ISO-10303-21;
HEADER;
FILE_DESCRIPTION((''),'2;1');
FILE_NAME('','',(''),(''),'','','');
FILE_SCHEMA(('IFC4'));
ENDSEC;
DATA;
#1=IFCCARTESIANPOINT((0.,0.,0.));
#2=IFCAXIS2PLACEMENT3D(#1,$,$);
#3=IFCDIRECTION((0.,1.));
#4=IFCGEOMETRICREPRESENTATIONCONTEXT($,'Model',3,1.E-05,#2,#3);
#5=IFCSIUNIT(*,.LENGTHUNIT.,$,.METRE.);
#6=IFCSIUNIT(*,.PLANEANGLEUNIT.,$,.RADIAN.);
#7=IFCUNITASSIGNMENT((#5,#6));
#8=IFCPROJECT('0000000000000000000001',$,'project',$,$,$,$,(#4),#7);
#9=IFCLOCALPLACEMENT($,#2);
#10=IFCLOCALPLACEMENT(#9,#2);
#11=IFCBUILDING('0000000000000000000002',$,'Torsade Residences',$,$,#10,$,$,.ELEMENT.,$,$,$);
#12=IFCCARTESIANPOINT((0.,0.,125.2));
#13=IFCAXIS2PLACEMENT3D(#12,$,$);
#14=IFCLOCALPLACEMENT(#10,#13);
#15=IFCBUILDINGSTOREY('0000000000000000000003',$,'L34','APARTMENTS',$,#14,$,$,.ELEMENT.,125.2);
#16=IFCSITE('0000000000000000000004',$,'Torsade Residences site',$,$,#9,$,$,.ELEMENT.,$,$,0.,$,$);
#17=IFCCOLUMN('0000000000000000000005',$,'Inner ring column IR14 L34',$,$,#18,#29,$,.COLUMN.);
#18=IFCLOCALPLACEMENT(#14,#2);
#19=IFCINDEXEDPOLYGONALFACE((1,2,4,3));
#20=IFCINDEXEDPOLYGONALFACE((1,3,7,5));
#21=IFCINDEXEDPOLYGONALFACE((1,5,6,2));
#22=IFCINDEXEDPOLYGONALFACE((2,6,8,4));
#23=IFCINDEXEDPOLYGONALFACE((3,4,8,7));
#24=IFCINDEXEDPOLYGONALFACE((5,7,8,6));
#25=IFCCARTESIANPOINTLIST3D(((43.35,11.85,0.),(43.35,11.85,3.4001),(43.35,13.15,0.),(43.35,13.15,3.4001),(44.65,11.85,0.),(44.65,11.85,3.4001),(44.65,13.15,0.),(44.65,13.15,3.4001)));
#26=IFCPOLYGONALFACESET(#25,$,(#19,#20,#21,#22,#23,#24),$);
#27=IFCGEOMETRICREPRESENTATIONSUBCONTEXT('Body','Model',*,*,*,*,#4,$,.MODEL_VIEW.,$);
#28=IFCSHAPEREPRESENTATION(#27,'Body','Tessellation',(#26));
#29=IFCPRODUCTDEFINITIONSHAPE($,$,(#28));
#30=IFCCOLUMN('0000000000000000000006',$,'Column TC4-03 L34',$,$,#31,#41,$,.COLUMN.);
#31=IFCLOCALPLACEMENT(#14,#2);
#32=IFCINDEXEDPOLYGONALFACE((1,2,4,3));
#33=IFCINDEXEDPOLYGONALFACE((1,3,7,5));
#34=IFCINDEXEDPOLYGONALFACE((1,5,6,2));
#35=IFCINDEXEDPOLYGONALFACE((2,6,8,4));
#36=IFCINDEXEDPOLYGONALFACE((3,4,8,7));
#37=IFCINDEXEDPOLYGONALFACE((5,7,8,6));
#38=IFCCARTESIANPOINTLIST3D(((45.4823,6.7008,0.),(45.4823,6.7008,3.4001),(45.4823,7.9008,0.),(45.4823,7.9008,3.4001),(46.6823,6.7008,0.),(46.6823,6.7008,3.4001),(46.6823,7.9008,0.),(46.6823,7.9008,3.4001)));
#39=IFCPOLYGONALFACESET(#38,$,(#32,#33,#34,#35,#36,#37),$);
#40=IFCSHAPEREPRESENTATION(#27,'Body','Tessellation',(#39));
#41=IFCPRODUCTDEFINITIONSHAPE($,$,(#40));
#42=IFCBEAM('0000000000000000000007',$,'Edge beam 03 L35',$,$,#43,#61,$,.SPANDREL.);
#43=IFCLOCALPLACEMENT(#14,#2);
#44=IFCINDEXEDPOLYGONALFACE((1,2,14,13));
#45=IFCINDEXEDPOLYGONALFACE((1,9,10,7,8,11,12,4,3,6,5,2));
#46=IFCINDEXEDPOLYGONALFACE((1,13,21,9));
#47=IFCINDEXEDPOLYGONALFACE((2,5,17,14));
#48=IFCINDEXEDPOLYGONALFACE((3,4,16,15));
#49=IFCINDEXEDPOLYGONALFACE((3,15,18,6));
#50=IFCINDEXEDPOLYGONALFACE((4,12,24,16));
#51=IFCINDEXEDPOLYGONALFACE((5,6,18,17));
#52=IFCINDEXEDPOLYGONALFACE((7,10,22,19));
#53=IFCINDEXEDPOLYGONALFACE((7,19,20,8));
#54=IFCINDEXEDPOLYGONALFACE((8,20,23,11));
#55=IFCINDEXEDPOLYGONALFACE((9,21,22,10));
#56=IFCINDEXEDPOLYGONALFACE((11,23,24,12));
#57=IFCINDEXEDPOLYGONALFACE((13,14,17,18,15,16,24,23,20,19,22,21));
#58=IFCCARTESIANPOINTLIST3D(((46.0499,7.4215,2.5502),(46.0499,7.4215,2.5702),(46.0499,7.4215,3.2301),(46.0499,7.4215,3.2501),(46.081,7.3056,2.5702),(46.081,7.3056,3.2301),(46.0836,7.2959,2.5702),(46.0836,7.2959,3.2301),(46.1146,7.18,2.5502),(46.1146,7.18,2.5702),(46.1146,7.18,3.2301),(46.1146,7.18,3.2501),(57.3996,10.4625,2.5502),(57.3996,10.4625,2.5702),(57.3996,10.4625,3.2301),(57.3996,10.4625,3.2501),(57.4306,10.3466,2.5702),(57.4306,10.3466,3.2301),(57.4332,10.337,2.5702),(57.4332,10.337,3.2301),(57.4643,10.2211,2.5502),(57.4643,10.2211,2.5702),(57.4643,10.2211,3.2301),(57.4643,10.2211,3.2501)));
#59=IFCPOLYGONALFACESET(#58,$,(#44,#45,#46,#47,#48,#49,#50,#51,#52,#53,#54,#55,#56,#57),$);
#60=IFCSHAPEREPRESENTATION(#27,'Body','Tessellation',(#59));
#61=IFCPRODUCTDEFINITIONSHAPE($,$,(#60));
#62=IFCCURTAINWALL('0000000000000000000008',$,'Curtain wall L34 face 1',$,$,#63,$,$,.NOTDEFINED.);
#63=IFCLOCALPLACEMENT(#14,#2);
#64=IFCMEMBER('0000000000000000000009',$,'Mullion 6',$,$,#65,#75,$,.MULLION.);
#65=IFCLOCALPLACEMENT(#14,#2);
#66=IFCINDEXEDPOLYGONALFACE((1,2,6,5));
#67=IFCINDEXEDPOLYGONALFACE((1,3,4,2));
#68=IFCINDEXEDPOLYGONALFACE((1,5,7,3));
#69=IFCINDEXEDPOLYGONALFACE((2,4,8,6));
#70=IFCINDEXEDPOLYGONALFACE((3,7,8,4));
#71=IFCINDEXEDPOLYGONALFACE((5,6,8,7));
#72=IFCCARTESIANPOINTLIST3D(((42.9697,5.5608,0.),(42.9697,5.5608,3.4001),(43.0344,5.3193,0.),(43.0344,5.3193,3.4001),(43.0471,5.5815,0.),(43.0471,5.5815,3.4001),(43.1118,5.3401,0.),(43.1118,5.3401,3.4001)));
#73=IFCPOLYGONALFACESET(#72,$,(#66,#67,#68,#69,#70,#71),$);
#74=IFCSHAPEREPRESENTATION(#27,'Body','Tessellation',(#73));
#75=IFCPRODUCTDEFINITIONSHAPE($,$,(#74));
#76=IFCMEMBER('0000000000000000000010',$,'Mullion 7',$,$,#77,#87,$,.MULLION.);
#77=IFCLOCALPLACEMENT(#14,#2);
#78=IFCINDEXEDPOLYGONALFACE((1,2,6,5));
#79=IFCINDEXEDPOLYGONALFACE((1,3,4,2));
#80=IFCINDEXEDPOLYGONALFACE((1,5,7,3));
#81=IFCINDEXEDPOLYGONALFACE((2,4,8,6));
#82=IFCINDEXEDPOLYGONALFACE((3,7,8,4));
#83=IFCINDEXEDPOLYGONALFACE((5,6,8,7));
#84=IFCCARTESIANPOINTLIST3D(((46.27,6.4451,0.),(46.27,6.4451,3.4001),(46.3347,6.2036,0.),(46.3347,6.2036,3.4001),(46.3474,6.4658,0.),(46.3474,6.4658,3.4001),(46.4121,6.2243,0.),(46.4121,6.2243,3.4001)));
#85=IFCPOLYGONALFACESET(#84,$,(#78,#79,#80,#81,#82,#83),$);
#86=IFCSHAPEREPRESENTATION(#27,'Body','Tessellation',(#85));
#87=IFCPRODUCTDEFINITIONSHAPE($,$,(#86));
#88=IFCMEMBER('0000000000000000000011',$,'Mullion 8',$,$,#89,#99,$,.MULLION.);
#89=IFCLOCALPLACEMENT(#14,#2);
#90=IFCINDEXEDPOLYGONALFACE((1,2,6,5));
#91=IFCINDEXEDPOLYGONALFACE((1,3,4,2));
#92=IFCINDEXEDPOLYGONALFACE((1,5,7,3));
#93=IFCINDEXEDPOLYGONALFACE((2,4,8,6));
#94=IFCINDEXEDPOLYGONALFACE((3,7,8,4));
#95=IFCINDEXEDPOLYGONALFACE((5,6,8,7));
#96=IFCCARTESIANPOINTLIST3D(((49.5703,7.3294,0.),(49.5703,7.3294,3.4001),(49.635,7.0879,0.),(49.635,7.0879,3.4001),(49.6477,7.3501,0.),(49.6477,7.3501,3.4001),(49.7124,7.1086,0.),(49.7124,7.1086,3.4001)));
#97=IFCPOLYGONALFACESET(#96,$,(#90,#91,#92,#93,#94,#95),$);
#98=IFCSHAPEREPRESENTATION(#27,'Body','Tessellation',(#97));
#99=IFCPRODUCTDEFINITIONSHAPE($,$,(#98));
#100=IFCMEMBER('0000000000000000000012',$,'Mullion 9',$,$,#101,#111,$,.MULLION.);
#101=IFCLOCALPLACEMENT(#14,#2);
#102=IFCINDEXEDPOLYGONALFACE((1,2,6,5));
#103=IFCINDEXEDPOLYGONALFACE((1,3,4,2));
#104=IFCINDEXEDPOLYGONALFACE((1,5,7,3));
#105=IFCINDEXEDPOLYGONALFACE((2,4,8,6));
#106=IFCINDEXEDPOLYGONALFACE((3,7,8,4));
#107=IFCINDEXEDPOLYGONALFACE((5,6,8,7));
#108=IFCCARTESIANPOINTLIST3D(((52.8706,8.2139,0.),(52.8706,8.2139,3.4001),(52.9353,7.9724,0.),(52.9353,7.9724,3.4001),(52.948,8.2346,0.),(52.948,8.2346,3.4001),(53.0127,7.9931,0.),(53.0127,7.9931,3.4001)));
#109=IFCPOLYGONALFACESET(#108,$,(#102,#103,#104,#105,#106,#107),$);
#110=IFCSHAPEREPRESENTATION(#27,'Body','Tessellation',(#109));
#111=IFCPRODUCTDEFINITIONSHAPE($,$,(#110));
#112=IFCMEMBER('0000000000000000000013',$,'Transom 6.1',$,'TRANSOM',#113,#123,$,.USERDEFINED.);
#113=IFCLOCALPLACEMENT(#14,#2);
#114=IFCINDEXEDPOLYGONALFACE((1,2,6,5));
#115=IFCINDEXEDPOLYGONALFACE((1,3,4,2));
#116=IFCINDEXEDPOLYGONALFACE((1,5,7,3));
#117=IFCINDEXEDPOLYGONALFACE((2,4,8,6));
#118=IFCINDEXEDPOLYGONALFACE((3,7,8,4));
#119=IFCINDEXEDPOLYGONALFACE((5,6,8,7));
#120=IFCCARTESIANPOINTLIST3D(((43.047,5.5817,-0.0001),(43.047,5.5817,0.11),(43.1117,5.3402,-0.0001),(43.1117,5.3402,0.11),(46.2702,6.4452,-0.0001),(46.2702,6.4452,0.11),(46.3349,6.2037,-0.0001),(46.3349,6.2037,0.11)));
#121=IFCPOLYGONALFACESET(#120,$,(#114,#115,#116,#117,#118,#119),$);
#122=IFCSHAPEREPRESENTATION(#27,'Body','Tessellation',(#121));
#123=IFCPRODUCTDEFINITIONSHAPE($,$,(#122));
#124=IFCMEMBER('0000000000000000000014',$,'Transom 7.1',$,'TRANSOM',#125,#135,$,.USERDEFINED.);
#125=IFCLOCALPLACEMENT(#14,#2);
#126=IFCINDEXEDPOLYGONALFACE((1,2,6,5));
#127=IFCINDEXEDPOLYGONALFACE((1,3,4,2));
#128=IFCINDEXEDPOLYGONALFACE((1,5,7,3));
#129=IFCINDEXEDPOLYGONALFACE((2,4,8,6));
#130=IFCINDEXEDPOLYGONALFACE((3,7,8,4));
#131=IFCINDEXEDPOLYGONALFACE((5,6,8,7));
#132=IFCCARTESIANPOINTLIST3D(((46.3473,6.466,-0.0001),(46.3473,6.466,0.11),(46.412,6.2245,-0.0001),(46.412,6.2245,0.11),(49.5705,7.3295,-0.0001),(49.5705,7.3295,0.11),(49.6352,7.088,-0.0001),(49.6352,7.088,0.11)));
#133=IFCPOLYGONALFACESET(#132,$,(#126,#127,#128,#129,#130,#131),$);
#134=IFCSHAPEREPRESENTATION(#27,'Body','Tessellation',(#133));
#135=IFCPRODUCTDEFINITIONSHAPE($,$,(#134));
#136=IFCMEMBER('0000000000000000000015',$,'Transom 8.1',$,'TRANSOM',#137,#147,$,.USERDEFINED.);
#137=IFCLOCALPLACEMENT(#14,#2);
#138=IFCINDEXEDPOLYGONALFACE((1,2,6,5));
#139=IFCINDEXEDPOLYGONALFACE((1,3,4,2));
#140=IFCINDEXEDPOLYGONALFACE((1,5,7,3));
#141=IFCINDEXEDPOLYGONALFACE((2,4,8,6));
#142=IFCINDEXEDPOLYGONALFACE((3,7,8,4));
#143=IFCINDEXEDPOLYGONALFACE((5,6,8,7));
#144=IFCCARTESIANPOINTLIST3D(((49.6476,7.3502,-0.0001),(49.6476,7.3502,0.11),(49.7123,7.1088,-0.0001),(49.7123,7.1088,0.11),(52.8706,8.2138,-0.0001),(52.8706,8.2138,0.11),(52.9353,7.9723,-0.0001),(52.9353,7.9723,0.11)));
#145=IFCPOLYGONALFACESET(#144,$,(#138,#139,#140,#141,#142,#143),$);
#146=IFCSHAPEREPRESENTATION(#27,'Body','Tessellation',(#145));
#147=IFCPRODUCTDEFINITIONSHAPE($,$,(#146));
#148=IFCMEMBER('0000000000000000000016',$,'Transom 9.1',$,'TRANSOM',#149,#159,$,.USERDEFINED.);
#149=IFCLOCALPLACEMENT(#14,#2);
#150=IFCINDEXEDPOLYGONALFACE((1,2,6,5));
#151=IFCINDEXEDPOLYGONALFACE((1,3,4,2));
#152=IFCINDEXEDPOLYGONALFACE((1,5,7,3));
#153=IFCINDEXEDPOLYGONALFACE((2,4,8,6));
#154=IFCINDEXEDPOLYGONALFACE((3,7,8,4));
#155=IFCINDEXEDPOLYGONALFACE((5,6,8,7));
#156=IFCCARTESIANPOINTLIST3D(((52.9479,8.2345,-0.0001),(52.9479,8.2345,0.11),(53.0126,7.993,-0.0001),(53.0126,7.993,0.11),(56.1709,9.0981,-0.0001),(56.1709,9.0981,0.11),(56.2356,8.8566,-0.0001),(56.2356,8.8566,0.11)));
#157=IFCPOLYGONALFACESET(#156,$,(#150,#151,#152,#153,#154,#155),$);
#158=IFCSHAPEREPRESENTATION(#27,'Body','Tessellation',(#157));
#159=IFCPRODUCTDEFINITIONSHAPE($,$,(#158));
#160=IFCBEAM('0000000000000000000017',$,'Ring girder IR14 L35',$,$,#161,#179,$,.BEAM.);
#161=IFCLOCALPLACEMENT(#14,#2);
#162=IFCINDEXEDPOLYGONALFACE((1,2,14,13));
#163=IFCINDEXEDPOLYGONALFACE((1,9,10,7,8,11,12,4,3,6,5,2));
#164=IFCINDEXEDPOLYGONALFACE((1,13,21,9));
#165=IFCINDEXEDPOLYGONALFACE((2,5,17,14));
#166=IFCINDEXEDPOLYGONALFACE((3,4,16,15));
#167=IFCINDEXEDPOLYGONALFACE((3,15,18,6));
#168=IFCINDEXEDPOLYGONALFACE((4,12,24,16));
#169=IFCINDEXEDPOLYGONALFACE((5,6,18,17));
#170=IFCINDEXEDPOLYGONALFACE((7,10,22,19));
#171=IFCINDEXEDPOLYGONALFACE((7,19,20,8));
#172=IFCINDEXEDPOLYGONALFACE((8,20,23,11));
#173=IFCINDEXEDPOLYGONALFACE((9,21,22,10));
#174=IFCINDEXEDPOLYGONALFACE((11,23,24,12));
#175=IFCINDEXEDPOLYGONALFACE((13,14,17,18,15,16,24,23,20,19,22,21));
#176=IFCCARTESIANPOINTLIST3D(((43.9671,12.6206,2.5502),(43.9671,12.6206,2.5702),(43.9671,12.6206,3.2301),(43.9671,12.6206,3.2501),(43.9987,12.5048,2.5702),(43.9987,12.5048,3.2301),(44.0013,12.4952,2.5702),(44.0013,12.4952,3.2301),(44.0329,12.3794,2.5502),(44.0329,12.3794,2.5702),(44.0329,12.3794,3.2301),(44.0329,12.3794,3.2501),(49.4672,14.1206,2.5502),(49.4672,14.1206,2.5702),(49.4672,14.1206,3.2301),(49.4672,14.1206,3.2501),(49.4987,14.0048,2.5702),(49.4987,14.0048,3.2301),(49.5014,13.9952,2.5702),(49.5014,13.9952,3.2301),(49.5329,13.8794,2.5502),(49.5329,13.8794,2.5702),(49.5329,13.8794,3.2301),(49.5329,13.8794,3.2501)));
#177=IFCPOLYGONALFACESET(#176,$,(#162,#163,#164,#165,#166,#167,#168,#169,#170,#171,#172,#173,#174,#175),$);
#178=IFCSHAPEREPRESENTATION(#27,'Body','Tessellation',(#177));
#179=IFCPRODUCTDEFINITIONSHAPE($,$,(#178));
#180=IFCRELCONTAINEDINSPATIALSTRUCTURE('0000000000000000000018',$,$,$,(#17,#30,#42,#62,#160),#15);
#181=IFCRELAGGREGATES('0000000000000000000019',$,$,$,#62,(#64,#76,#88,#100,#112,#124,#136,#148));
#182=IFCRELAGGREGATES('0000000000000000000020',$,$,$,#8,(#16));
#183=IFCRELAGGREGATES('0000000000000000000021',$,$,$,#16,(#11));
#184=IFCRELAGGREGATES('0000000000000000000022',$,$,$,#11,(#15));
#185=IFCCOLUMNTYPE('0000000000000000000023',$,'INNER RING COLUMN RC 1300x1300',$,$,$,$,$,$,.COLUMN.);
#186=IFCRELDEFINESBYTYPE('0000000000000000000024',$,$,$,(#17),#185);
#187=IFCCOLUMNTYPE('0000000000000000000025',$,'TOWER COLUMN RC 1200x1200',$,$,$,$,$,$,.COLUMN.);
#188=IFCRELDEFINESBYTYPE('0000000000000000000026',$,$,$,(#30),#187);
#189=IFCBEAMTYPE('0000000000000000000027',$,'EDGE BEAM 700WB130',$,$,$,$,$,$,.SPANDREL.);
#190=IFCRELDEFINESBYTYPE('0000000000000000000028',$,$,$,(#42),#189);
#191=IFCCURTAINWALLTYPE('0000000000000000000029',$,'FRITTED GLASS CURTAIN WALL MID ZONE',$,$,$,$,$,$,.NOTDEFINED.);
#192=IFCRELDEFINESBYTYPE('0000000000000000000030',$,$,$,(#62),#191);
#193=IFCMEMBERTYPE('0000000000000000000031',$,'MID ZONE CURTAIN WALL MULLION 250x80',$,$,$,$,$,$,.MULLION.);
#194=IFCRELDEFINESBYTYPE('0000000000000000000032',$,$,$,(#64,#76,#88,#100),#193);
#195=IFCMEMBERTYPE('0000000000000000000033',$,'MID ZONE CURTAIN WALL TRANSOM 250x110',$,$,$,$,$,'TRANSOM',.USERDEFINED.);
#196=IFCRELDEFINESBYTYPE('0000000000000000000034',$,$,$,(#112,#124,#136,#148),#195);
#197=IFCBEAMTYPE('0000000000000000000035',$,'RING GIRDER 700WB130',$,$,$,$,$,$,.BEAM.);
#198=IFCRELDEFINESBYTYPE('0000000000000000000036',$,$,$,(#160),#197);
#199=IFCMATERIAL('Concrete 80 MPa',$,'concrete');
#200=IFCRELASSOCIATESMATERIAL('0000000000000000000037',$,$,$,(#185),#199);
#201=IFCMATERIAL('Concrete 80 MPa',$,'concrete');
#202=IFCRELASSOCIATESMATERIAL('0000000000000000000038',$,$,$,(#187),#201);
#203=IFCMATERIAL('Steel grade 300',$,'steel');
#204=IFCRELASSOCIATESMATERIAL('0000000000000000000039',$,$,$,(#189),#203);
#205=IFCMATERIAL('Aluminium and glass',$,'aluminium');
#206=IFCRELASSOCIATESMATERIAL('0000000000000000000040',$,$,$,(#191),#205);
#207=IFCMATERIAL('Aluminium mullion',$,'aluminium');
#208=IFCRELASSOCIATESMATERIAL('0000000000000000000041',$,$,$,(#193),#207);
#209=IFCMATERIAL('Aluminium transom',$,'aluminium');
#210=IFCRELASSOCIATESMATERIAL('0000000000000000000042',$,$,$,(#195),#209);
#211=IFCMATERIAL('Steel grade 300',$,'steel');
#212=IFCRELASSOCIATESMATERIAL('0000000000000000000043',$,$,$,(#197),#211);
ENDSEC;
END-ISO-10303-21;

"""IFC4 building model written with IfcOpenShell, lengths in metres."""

from ifc_helpers import new_model, si_unit, direction, frame, origin, origin_2d, place, context, subcontext, project, spatial, rectangle, i_section, extrude, material, material_profile, profile_set, type_object, element, aggregate, save


model = new_model("IFC4")

# Units and contexts
model_context = context("Model", 3, precision=1e-05, world=origin(), true_north=direction((0.0, 1.0)))
body_context = subcontext(model_context, "Body", "Model", "MODEL_VIEW")
ifc_project = project(units=[si_unit("LENGTHUNIT", "METRE"), si_unit("PLANEANGLEUNIT", "RADIAN")], contexts=[model_context])

# Site, building, storey
site_placement = place(None, origin())
site = spatial("IfcSite", under=ifc_project, at=site_placement, Name="Torsade Residences site", CompositionType="ELEMENT", RefElevation=0.0)
building_placement = place(site_placement, origin())
building = spatial("IfcBuilding", under=site, at=building_placement, Name="Torsade Residences", CompositionType="ELEMENT")
storey_placement = place(building_placement, frame((0.0, 0.0, 125.2)))
storey = spatial("IfcBuildingStorey", under=building, at=storey_placement, Name="L34", Description="APARTMENTS", CompositionType="ELEMENT", Elevation=125.2)

# Columns
ifc_material_1 = material(Name="Concrete 80 MPa", Category="concrete")
ifc_material_profile_1 = material_profile(ifc_material_1, rectangle(XDim=1.3, YDim=1.3, at=origin_2d()), Name="RC 1300x1300")
ifc_profile_set_1 = profile_set([ifc_material_profile_1], Name="Concrete 80 MPa")
column_type_1 = type_object("IfcColumnType", Name="INNER RING COLUMN RC 1300x1300", PredefinedType="COLUMN", material=ifc_profile_set_1)
column_1_placement = place(storey_placement, frame((44.0, 12.5, 0.0), z_axis=(0.0, 0.0, 1.0), x_axis=(1.0, 0.0, 0.0)))
element("IfcColumn", 1, at=column_1_placement, inside=storey, type_object=column_type_1, Name="Inner ring column IR14 L34", PredefinedType="COLUMN", context=body_context, shape_type="SweptSolid", body=[
    extrude(rectangle(XDim=1.3, YDim=1.3, at=origin_2d()), origin(), (0.0, 0.0, 1.0), 3.4001),
])
ifc_material_2 = material(Name="Concrete 80 MPa", Category="concrete")
ifc_material_profile_2 = material_profile(ifc_material_2, rectangle(XDim=1.2, YDim=1.2, at=origin_2d()), Name="RC 1200x1200")
ifc_profile_set_2 = profile_set([ifc_material_profile_2], Name="Concrete 80 MPa")
column_type_2 = type_object("IfcColumnType", Name="TOWER COLUMN RC 1200x1200", PredefinedType="COLUMN", material=ifc_profile_set_2)
column_2_placement = place(storey_placement, frame((46.0823, 7.3008, 0.0), z_axis=(0.0, 0.0, 1.0), x_axis=(1.0, 0.0, 0.0)))
element("IfcColumn", 2, at=column_2_placement, inside=storey, type_object=column_type_2, Name="Column TC4-03 L34", PredefinedType="COLUMN", context=body_context, shape_type="SweptSolid", body=[
    extrude(rectangle(XDim=1.2, YDim=1.2, at=origin_2d()), origin(), (0.0, 0.0, 1.0), 3.4001),
])

# Beam
ifc_material_3 = material(Name="Steel grade 300", Category="steel")
ifc_material_profile_3 = material_profile(ifc_material_3, i_section(OverallWidth=0.25, OverallDepth=0.7, WebThickness=0.01, FlangeThickness=0.02, at=origin_2d()), Name="700WB130")
ifc_profile_set_3 = profile_set([ifc_material_profile_3], Name="Steel grade 300")
beam_type_1 = type_object("IfcBeamType", Name="EDGE BEAM 700WB130", PredefinedType="SPANDREL", material=ifc_profile_set_3)
beam_1_placement = place(storey_placement, frame((46.0823, 7.3008, 2.9001), z_axis=(0.965928, 0.258811, 0.0), x_axis=(-0.258811, 0.965928, 0.0)))
element("IfcBeam", 3, at=beam_1_placement, inside=storey, type_object=beam_type_1, Name="Edge beam 03 L35", PredefinedType="SPANDREL", context=body_context, shape_type="SweptSolid", body=[
    extrude(i_section(OverallWidth=0.25, OverallDepth=0.7, WebThickness=0.01, FlangeThickness=0.02, at=origin_2d()), origin(), (0.0, 0.0, 1.0), 11.75),
])

# Curtain wall, members
ifc_material_4 = material(Name="Aluminium and glass", Category="aluminium")
curtain_wall_type = type_object("IfcCurtainWallType", Name="FRITTED GLASS CURTAIN WALL MID ZONE", PredefinedType="NOTDEFINED", material=ifc_material_4)
curtain_wall_placement = place(storey_placement, origin())
curtain_wall = element("IfcCurtainWall", 4, at=curtain_wall_placement, inside=storey, type_object=curtain_wall_type, Name="Curtain wall L34 face 1", PredefinedType="NOTDEFINED")
ifc_material_5 = material(Name="Aluminium mullion", Category="aluminium")
ifc_material_profile_4 = material_profile(ifc_material_5, rectangle(XDim=0.25, YDim=0.0801, at=origin_2d()), Name="MID ZONE CURTAIN WALL MULLION 250x80")
ifc_profile_set_4 = profile_set([ifc_material_profile_4], Name="Aluminium mullion")
member_type_1 = type_object("IfcMemberType", Name="MID ZONE CURTAIN WALL MULLION 250x80", PredefinedType="MULLION", material=ifc_profile_set_4)
member_1_placement = place(storey_placement, frame((43.0408, 5.4504, 0.0), z_axis=(0.0, 0.0, 1.0), x_axis=(-0.258819, 0.965926, 0.0)))
member_1 = element("IfcMember", 5, at=member_1_placement, type_object=member_type_1, Name="Mullion 6", PredefinedType="MULLION", context=body_context, shape_type="SweptSolid", body=[
    extrude(rectangle(XDim=0.25, YDim=0.0801, at=origin_2d()), origin(), (0.0, 0.0, 1.0), 3.4001),
])
member_2_placement = place(storey_placement, frame((46.3411, 6.3347, 0.0), z_axis=(0.0, 0.0, 1.0), x_axis=(-0.258819, 0.965926, 0.0)))
member_2 = element("IfcMember", 6, at=member_2_placement, type_object=member_type_1, Name="Mullion 7", PredefinedType="MULLION", context=body_context, shape_type="SweptSolid", body=[
    extrude(rectangle(XDim=0.25, YDim=0.0801, at=origin_2d()), origin(), (0.0, 0.0, 1.0), 3.4001),
])
member_3_placement = place(storey_placement, frame((49.6414, 7.219, 0.0), z_axis=(0.0, 0.0, 1.0), x_axis=(-0.258819, 0.965926, 0.0)))
member_3 = element("IfcMember", 7, at=member_3_placement, type_object=member_type_1, Name="Mullion 8", PredefinedType="MULLION", context=body_context, shape_type="SweptSolid", body=[
    extrude(rectangle(XDim=0.25, YDim=0.0801, at=origin_2d()), origin(), (0.0, 0.0, 1.0), 3.4001),
])
member_4_placement = place(storey_placement, frame((52.9417, 8.1035, 0.0), z_axis=(0.0, 0.0, 1.0), x_axis=(-0.258819, 0.965926, 0.0)))
member_4 = element("IfcMember", 8, at=member_4_placement, type_object=member_type_1, Name="Mullion 9", PredefinedType="MULLION", context=body_context, shape_type="SweptSolid", body=[
    extrude(rectangle(XDim=0.25, YDim=0.0801, at=origin_2d()), origin(), (0.0, 0.0, 1.0), 3.4001),
])
ifc_material_6 = material(Name="Aluminium transom", Category="aluminium")
ifc_material_profile_5 = material_profile(ifc_material_6, rectangle(XDim=0.25, YDim=0.1101, at=origin_2d()), Name="MID ZONE CURTAIN WALL TRANSOM 250x110")
ifc_profile_set_5 = profile_set([ifc_material_profile_5], Name="Aluminium transom")
member_type_2 = type_object("IfcMemberType", Name="MID ZONE CURTAIN WALL TRANSOM 250x110", ElementType="TRANSOM", PredefinedType="USERDEFINED", material=ifc_profile_set_5)
member_5_placement = place(storey_placement, frame((43.0793, 5.4609, 0.0549), z_axis=(0.965934, 0.258787, 0.0), x_axis=(-0.258787, 0.965934, 0.0)))
member_5 = element("IfcMember", 9, at=member_5_placement, type_object=member_type_2, Name="Transom 6.1", ObjectType="TRANSOM", PredefinedType="USERDEFINED", context=body_context, shape_type="SweptSolid", body=[
    extrude(rectangle(XDim=0.25, YDim=0.1101, at=origin_2d()), origin(), (0.0, 0.0, 1.0), 3.3369),
])
member_6_placement = place(storey_placement, frame((46.3796, 6.3452, 0.0549), z_axis=(0.965934, 0.258787, 0.0), x_axis=(-0.258787, 0.965934, 0.0)))
member_6 = element("IfcMember", 10, at=member_6_placement, type_object=member_type_2, Name="Transom 7.1", ObjectType="TRANSOM", PredefinedType="USERDEFINED", context=body_context, shape_type="SweptSolid", body=[
    extrude(rectangle(XDim=0.25, YDim=0.1101, at=origin_2d()), origin(), (0.0, 0.0, 1.0), 3.3369),
])
member_7_placement = place(storey_placement, frame((49.6799, 7.2295, 0.0549), z_axis=(0.965929, 0.258806, 0.0), x_axis=(-0.258806, 0.965929, 0.0)))
member_7 = element("IfcMember", 11, at=member_7_placement, type_object=member_type_2, Name="Transom 8.1", ObjectType="TRANSOM", PredefinedType="USERDEFINED", context=body_context, shape_type="SweptSolid", body=[
    extrude(rectangle(XDim=0.25, YDim=0.1101, at=origin_2d()), origin(), (0.0, 0.0, 1.0), 3.3367),
])
member_8_placement = place(storey_placement, frame((52.9802, 8.1138, 0.0549), z_axis=(0.965929, 0.258806, 0.0), x_axis=(-0.258806, 0.965929, 0.0)))
member_8 = element("IfcMember", 12, at=member_8_placement, type_object=member_type_2, Name="Transom 9.1", ObjectType="TRANSOM", PredefinedType="USERDEFINED", context=body_context, shape_type="SweptSolid", body=[
    extrude(rectangle(XDim=0.25, YDim=0.1101, at=origin_2d()), origin(), (0.0, 0.0, 1.0), 3.3367),
])

# Beam
ifc_material_7 = material(Name="Steel grade 300", Category="steel")
ifc_material_profile_6 = material_profile(ifc_material_7, i_section(OverallWidth=0.25, OverallDepth=0.7, WebThickness=0.01, FlangeThickness=0.02, at=origin_2d()), Name="700WB130")
ifc_profile_set_6 = profile_set([ifc_material_profile_6], Name="Steel grade 300")
beam_type_2 = type_object("IfcBeamType", Name="RING GIRDER 700WB130", PredefinedType="BEAM", material=ifc_profile_set_6)
beam_2_placement = place(storey_placement, frame((44.0, 12.5, 2.9001), z_axis=(0.964764, 0.263117, 0.0), x_axis=(-0.263117, 0.964764, 0.0)))
element("IfcBeam", 13, at=beam_2_placement, inside=storey, type_object=beam_type_2, Name="Ring girder IR14 L35", PredefinedType="BEAM", context=body_context, shape_type="SweptSolid", body=[
    extrude(i_section(OverallWidth=0.25, OverallDepth=0.7, WebThickness=0.01, FlangeThickness=0.02, at=origin_2d()), origin(), (0.0, 0.0, 1.0), 5.7009),
])

aggregate(curtain_wall, [member_1, member_2, member_3, member_4, member_5, member_6, member_7, member_8])

save(model, "model.ifc")
